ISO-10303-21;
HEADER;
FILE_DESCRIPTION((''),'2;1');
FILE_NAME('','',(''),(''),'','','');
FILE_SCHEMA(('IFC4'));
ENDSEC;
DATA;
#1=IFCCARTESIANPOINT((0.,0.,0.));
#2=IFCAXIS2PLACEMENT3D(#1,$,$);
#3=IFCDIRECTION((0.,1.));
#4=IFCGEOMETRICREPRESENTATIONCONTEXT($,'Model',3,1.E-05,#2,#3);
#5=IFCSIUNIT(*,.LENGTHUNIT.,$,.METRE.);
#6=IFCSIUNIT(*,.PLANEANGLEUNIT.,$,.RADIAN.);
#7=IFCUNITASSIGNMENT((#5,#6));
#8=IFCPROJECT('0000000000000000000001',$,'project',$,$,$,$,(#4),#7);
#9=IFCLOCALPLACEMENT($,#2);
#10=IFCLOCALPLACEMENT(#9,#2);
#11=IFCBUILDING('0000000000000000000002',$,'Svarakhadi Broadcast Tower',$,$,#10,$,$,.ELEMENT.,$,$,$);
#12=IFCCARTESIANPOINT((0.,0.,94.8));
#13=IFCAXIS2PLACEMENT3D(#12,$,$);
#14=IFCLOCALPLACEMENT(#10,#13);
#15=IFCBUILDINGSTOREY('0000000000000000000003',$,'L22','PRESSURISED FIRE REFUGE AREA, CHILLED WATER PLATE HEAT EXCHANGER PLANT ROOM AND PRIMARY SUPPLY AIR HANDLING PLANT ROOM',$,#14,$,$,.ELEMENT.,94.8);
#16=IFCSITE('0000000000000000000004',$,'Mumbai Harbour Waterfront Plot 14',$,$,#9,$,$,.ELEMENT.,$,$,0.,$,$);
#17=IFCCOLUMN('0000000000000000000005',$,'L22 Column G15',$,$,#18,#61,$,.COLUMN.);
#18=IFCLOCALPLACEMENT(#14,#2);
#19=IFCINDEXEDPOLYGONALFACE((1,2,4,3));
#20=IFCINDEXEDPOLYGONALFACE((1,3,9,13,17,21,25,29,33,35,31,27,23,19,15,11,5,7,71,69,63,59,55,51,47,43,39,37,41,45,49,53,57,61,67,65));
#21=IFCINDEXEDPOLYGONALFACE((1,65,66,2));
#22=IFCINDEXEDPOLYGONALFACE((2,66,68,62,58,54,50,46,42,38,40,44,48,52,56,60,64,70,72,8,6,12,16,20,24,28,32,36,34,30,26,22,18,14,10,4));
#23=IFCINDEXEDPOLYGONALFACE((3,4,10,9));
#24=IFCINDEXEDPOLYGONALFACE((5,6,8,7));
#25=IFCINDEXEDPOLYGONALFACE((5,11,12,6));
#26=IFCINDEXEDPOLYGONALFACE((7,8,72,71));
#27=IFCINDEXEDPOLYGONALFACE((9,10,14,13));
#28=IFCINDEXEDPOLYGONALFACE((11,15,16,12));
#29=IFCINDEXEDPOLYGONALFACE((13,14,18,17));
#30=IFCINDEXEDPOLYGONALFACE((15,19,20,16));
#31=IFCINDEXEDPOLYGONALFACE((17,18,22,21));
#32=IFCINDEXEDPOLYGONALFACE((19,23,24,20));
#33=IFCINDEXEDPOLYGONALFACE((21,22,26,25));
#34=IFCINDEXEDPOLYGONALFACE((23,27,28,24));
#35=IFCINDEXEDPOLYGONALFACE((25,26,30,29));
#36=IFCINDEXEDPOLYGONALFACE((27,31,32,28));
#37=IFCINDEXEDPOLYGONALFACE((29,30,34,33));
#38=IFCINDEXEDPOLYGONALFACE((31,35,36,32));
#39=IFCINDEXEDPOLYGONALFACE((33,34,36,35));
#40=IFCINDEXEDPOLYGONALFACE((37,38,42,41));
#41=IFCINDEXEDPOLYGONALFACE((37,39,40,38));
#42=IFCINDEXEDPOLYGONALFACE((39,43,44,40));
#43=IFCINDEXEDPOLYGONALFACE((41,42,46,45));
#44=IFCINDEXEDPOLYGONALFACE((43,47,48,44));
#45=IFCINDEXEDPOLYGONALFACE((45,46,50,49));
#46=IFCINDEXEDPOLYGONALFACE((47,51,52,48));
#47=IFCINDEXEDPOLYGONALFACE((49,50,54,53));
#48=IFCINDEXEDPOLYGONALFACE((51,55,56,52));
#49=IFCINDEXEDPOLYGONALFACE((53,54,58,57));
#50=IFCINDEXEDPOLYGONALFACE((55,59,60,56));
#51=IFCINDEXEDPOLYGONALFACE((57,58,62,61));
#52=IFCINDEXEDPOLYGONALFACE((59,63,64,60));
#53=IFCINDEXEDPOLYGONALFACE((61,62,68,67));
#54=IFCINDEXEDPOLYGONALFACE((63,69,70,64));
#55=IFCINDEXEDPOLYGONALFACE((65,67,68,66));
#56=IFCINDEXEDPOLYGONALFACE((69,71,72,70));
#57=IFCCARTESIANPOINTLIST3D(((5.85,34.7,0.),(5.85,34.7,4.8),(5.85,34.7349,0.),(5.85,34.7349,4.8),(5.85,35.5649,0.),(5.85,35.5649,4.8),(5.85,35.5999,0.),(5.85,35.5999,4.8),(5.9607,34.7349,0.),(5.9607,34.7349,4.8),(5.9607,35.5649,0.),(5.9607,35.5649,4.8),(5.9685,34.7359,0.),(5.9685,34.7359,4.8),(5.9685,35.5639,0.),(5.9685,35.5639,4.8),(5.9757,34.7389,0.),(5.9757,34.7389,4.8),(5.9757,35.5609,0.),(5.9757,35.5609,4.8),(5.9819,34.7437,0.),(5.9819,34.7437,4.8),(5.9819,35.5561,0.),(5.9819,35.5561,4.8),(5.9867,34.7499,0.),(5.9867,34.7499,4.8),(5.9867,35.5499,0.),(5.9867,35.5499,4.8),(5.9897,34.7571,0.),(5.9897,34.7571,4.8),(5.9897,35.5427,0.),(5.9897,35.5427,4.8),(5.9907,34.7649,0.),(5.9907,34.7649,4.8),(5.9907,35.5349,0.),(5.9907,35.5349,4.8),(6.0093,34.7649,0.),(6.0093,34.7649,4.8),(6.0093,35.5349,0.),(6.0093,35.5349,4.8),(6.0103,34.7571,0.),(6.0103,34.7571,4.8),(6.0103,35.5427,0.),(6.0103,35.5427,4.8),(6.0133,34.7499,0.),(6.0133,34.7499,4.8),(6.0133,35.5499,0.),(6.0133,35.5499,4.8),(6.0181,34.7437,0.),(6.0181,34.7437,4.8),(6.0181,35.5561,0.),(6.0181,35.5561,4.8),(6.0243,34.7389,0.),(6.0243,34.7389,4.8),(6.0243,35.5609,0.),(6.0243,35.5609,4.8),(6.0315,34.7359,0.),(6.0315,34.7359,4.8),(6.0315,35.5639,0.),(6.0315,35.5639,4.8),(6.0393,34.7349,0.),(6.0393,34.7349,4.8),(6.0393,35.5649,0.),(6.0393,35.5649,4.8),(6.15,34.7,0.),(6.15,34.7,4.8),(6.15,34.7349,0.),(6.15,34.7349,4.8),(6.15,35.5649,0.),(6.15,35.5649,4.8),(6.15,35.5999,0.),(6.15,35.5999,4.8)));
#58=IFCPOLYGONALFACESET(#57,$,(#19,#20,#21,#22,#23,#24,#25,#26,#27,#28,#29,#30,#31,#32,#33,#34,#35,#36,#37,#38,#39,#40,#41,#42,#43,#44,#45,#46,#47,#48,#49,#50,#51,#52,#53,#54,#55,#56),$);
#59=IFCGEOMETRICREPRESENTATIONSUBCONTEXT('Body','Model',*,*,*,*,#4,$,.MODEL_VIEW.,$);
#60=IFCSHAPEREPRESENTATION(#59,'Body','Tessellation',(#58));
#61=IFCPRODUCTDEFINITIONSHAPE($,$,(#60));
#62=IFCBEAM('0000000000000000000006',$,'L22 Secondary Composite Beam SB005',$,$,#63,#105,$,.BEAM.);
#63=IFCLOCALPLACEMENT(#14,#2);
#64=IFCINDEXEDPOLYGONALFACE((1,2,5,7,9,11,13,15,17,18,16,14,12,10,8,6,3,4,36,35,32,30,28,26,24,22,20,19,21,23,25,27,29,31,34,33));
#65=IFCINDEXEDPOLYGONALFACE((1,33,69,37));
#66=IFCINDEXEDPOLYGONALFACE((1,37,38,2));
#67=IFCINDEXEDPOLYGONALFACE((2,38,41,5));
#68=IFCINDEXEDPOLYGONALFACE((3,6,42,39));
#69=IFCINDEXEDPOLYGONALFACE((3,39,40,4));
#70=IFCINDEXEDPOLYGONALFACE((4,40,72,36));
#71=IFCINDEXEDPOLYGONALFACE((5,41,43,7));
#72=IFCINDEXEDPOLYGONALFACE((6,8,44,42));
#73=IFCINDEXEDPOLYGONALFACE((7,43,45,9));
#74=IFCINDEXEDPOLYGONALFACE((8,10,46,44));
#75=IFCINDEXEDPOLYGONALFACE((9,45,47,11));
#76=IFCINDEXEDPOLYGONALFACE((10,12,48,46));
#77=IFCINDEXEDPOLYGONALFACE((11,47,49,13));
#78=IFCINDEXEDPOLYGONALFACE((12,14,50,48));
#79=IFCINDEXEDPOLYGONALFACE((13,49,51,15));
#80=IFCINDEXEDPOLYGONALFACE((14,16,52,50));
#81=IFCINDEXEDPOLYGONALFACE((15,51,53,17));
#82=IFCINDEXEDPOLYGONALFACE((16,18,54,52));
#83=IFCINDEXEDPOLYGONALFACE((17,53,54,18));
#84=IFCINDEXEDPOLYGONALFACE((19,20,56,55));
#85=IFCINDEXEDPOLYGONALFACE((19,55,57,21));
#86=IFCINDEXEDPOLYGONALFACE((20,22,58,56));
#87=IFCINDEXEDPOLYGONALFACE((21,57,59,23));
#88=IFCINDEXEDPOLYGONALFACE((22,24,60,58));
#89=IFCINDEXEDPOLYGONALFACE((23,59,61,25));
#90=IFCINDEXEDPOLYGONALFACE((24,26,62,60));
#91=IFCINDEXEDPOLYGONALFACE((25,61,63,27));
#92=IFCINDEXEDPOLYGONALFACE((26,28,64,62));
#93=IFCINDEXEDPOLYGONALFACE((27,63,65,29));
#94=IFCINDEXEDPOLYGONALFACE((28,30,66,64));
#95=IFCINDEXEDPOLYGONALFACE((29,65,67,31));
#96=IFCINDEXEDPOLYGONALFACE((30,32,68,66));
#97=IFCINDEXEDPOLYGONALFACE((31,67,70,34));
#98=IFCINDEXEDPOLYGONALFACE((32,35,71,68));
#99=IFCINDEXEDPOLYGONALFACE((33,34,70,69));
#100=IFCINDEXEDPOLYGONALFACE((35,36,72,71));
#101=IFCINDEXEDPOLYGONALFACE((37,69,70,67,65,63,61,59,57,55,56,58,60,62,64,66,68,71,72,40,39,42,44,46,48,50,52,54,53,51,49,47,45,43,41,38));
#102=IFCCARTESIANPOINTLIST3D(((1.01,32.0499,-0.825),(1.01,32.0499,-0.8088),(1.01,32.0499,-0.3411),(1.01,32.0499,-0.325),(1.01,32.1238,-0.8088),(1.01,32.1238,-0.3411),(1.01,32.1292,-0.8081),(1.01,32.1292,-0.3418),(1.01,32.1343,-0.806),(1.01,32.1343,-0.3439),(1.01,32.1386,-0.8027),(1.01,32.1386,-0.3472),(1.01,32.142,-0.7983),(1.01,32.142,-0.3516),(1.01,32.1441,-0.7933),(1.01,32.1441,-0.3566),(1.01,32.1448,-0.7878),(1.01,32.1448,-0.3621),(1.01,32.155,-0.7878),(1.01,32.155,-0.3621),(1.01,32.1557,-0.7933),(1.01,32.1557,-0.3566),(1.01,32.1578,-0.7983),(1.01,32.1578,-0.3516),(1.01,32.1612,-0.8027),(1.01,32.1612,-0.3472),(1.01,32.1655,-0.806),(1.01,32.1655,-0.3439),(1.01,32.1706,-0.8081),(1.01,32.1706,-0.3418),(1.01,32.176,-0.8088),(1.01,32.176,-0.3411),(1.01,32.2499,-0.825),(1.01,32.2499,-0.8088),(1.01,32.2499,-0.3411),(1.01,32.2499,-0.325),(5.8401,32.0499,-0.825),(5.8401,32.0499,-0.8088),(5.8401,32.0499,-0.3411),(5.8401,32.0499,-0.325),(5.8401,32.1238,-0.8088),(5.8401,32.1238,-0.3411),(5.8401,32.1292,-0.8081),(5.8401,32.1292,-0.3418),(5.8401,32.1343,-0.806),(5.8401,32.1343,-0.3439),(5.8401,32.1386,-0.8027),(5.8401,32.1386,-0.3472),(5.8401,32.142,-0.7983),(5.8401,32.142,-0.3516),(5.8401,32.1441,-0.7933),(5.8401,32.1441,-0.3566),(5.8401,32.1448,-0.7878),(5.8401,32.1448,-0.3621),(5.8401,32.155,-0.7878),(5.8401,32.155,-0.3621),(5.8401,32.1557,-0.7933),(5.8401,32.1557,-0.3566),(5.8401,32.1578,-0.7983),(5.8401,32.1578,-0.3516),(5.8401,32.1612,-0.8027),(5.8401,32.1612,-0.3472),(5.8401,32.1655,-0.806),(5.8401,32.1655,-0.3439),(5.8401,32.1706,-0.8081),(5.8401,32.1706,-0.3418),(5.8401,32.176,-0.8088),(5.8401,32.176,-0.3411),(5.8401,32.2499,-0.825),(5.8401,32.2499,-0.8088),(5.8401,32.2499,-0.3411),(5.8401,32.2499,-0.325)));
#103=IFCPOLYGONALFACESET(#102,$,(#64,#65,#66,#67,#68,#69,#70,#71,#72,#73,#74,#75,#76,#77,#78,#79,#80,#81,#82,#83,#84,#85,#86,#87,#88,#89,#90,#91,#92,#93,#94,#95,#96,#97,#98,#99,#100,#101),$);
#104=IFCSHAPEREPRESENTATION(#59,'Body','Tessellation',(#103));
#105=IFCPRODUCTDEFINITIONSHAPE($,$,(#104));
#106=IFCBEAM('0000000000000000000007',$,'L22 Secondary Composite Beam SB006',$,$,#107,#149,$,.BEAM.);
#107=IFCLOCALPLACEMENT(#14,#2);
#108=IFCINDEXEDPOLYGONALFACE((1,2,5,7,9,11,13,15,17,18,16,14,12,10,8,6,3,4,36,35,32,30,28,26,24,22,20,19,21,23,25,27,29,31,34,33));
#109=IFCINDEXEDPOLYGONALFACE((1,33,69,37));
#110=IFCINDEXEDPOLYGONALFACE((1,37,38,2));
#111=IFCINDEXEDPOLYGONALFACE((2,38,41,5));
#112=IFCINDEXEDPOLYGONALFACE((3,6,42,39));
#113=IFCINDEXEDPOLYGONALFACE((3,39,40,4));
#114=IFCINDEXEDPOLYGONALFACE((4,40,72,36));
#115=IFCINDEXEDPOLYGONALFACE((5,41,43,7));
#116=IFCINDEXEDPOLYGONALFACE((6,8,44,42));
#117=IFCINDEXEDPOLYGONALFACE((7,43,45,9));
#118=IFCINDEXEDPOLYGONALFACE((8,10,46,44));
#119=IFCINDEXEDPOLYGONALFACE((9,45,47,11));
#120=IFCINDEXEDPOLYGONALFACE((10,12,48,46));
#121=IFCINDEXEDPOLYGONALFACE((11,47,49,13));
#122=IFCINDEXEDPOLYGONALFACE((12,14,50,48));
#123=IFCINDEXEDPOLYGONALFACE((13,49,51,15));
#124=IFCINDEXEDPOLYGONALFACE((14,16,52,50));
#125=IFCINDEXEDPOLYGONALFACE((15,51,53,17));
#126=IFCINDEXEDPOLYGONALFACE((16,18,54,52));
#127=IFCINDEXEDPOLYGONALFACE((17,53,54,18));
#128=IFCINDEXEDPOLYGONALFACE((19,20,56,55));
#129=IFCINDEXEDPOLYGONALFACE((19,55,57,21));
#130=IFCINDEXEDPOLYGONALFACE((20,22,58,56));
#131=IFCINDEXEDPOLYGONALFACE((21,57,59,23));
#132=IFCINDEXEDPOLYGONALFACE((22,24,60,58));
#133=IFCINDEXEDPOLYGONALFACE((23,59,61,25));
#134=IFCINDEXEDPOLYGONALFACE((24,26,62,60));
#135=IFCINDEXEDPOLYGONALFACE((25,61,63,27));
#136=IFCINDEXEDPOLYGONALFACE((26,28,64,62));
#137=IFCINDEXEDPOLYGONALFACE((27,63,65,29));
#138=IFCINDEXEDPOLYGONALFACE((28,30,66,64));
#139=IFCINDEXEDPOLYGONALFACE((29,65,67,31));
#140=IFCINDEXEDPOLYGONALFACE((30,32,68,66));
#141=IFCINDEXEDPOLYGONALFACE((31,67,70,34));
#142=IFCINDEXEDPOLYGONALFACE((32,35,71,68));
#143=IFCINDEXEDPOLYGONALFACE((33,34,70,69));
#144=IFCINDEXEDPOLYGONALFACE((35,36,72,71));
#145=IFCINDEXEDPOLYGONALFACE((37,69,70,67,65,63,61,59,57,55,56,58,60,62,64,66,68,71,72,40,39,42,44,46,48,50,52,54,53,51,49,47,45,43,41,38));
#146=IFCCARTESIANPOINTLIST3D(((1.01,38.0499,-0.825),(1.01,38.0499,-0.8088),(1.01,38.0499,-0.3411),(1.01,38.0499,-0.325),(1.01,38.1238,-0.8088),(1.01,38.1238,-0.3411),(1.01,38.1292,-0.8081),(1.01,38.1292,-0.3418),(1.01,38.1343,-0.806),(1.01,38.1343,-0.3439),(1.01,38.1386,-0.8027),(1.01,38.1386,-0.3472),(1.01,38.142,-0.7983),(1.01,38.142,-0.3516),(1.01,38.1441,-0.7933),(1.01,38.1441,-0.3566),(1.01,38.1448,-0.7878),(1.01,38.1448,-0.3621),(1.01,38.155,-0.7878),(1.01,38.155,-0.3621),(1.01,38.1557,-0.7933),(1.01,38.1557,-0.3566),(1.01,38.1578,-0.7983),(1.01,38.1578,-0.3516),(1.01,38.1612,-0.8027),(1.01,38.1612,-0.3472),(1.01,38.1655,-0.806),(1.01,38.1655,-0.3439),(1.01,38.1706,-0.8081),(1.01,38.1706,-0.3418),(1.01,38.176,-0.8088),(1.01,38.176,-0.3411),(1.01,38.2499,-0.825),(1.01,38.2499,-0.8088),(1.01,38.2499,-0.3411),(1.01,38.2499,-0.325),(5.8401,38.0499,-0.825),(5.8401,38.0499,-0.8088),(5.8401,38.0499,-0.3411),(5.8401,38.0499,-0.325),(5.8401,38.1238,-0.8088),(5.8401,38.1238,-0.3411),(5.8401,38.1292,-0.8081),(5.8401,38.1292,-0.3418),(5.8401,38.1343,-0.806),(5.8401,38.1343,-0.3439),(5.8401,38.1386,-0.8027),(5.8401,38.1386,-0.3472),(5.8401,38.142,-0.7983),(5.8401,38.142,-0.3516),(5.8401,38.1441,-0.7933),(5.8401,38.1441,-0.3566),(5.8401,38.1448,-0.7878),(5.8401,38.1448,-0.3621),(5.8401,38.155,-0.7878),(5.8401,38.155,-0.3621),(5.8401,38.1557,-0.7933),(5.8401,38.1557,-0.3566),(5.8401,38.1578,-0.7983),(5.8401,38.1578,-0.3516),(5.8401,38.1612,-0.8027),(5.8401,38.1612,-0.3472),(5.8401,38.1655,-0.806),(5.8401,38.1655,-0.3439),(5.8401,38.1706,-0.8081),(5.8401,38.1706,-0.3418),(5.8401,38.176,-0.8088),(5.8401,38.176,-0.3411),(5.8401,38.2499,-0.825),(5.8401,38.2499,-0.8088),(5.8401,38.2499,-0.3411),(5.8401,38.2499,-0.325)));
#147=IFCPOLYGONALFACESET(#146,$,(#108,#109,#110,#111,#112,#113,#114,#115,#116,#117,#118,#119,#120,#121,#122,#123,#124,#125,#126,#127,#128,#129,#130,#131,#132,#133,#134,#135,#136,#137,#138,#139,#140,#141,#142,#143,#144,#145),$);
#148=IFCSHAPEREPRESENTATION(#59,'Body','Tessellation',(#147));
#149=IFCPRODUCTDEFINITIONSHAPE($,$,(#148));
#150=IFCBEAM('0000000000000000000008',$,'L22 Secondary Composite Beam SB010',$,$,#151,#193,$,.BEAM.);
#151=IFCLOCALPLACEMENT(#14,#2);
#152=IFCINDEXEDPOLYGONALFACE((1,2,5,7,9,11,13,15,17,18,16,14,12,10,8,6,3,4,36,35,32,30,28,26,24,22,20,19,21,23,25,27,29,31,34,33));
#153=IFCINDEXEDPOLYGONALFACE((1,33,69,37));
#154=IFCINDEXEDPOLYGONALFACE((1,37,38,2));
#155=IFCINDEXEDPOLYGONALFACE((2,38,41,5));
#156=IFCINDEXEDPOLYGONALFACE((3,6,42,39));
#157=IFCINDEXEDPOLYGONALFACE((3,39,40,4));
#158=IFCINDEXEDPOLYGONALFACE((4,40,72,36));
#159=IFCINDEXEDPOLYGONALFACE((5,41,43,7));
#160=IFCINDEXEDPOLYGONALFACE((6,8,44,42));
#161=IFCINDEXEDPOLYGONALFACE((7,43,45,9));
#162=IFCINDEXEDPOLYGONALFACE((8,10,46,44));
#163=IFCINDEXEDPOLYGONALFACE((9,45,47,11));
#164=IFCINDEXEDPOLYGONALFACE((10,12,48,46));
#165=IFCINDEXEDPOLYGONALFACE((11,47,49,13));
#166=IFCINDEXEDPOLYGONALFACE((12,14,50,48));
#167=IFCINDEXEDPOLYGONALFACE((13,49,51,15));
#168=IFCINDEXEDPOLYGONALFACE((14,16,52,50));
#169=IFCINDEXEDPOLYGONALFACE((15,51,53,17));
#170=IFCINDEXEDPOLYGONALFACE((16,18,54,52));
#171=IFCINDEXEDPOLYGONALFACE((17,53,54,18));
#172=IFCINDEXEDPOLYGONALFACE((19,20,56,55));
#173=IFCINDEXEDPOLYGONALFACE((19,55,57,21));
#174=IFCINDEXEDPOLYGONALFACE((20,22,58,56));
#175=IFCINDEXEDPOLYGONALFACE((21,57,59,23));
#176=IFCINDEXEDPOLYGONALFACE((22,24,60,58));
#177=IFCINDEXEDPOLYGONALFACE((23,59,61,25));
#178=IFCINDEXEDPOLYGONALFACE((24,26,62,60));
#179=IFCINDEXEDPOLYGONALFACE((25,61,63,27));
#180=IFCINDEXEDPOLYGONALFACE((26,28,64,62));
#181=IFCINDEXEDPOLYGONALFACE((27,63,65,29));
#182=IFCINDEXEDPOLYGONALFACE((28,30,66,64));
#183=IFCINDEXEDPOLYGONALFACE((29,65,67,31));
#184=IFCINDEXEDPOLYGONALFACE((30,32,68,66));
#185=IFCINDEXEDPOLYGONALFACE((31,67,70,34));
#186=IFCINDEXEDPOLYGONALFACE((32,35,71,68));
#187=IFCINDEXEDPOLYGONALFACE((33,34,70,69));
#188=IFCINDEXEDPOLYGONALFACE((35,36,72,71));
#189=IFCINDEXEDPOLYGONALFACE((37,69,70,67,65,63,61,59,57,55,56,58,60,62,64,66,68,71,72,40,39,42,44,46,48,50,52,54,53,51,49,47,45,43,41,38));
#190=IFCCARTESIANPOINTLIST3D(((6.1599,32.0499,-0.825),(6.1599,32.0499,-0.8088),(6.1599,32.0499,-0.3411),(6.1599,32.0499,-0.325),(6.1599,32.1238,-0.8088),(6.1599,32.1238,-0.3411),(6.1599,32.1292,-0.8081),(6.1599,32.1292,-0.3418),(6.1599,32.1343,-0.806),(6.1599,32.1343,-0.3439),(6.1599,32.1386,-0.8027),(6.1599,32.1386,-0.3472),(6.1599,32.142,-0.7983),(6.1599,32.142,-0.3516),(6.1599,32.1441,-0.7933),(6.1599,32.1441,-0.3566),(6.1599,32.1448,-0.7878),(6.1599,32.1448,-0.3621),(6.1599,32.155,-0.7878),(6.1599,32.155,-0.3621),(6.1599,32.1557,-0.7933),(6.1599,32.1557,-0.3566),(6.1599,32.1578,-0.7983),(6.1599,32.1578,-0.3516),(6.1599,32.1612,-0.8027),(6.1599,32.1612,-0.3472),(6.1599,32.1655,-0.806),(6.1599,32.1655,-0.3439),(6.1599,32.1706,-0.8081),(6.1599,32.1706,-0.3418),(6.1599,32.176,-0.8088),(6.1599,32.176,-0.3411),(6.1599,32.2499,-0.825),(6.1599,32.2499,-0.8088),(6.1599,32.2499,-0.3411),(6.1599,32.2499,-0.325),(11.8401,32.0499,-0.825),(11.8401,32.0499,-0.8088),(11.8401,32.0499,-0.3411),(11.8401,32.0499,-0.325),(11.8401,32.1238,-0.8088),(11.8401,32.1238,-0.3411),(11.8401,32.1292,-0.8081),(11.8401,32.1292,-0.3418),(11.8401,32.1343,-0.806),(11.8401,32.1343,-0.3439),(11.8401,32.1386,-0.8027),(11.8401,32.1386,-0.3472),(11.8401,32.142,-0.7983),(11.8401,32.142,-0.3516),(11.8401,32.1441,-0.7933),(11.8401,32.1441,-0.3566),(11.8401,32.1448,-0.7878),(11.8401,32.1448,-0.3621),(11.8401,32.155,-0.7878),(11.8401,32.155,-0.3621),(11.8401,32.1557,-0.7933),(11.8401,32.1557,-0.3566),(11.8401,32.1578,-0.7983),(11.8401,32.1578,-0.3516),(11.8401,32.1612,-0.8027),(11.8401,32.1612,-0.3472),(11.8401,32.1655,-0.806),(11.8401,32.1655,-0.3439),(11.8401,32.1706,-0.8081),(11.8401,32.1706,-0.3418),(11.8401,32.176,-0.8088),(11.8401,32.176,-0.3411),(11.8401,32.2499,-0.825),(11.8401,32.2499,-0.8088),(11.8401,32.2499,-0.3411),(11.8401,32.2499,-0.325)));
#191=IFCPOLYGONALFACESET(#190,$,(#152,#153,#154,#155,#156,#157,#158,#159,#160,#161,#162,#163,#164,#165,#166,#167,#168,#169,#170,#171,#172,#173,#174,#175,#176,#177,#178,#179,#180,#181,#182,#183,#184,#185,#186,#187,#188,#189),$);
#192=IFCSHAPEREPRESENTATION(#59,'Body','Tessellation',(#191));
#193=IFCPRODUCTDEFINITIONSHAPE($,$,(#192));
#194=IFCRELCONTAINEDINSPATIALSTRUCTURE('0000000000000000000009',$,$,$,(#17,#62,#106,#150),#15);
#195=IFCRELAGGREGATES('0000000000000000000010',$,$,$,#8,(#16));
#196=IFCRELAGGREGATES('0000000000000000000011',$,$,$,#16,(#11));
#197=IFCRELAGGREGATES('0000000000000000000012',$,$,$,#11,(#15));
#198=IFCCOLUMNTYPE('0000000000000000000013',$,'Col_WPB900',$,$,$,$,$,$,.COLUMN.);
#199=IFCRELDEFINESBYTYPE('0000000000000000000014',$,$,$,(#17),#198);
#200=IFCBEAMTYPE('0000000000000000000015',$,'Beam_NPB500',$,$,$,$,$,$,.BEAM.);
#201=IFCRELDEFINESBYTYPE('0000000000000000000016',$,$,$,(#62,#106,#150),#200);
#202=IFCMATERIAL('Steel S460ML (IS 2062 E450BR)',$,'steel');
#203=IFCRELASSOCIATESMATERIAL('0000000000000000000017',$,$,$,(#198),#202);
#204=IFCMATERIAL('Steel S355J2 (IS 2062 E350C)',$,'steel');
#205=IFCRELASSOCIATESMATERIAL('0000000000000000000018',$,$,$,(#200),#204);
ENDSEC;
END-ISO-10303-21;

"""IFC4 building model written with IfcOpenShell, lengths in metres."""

from ifc_helpers import new_model, si_unit, direction, frame, origin, origin_2d, place, context, subcontext, project, spatial, i_section, extrude, material, material_profile, profile_set, type_object, element, save


model = new_model("IFC4")

# Units and contexts
model_context = context("Model", 3, precision=1e-05, world=origin(), true_north=direction((0.0, 1.0)))
body_context = subcontext(model_context, "Body", "Model", "MODEL_VIEW")
ifc_project = project(units=[si_unit("LENGTHUNIT", "METRE"), si_unit("PLANEANGLEUNIT", "RADIAN")], contexts=[model_context])

# Site, building, storey
site_placement = place(None, origin())
site = spatial("IfcSite", under=ifc_project, at=site_placement, Name="Mumbai Harbour Waterfront Plot 14", CompositionType="ELEMENT", RefElevation=0.0)
building_placement = place(site_placement, origin())
building = spatial("IfcBuilding", under=site, at=building_placement, Name="Svarakhadi Broadcast Tower", CompositionType="ELEMENT")
storey_placement = place(building_placement, frame((0.0, 0.0, 94.8)))
storey = spatial("IfcBuildingStorey", under=building, at=storey_placement, Name="L22", Description="PRESSURISED FIRE REFUGE AREA, CHILLED WATER PLATE HEAT EXCHANGER PLANT ROOM AND PRIMARY SUPPLY AIR HANDLING PLANT ROOM", CompositionType="ELEMENT", Elevation=94.8)

# Column
ifc_material_1 = material(Name="Steel S460ML (IS 2062 E450BR)", Category="steel")
ifc_material_profile_1 = material_profile(ifc_material_1, i_section(OverallWidth=0.3, OverallDepth=0.8999, WebThickness=0.0186, FlangeThickness=0.0349, FilletRadius=0.03, at=origin_2d()), Name="WPB 900x300x291")
ifc_profile_set_1 = profile_set([ifc_material_profile_1], Name="Steel S460ML (IS 2062 E450BR)")
column_type_1 = type_object("IfcColumnType", Name="Col_WPB900", PredefinedType="COLUMN", material=ifc_profile_set_1)
column_placement = place(storey_placement, frame((6.0, 35.1499, 0.0), z_axis=(0.0, 0.0, 1.0), x_axis=(1.0, 0.0, 0.0)))
element("IfcColumn", 1, at=column_placement, inside=storey, type_object=column_type_1, Name="L22 Column G15", PredefinedType="COLUMN", context=body_context, shape_type="SweptSolid", body=[
    extrude(i_section(OverallWidth=0.3, OverallDepth=0.8999, WebThickness=0.0186, FlangeThickness=0.0349, FilletRadius=0.03, at=origin_2d()), origin(), (0.0, 0.0, 1.0), 4.8),
])

# Beams
ifc_material_2 = material(Name="Steel S355J2 (IS 2062 E350C)", Category="steel")
ifc_material_profile_2 = material_profile(ifc_material_2, i_section(OverallWidth=0.2, OverallDepth=0.5, WebThickness=0.0103, FlangeThickness=0.0161, FilletRadius=0.021, at=origin_2d()), Name="NPB 500x200x91")
ifc_profile_set_2 = profile_set([ifc_material_profile_2], Name="Steel S355J2 (IS 2062 E350C)")
beam_type_1 = type_object("IfcBeamType", Name="Beam_NPB500", PredefinedType="BEAM", material=ifc_profile_set_2)
for number, where, z_axis, x_axis, name in (
    (2, (1.01, 32.1499, -0.575), (1.0, 0.0, 0.0), (0.0, 1.0, 0.0), "L22 Secondary Composite Beam SB005"),
    (3, (1.01, 38.1499, -0.575), (1.0, 0.0, 0.0), (0.0, 1.0, 0.0), "L22 Secondary Composite Beam SB006"),
):
    element("IfcBeam", number, at=place(storey_placement, frame(where, z_axis=z_axis, x_axis=x_axis)), inside=storey, type_object=beam_type_1, Name=name, PredefinedType="BEAM", context=body_context, shape_type="SweptSolid", body=[
        extrude(i_section(OverallWidth=0.2, OverallDepth=0.5, WebThickness=0.0103, FlangeThickness=0.0161, FilletRadius=0.021, at=origin_2d()), origin(), (0.0, 0.0, 1.0), 4.8301),
    ])
for number, where, z_axis, x_axis, name in (
    (4, (6.1599, 32.1499, -0.575), (1.0, 0.0, 0.0), (0.0, 1.0, 0.0), "L22 Secondary Composite Beam SB010"),
):
    element("IfcBeam", number, at=place(storey_placement, frame(where, z_axis=z_axis, x_axis=x_axis)), inside=storey, type_object=beam_type_1, Name=name, PredefinedType="BEAM", context=body_context, shape_type="SweptSolid", body=[
        extrude(i_section(OverallWidth=0.2, OverallDepth=0.5, WebThickness=0.0103, FlangeThickness=0.0161, FilletRadius=0.021, at=origin_2d()), origin(), (0.0, 0.0, 1.0), 5.6802),
    ])

save(model, "model.ifc")
